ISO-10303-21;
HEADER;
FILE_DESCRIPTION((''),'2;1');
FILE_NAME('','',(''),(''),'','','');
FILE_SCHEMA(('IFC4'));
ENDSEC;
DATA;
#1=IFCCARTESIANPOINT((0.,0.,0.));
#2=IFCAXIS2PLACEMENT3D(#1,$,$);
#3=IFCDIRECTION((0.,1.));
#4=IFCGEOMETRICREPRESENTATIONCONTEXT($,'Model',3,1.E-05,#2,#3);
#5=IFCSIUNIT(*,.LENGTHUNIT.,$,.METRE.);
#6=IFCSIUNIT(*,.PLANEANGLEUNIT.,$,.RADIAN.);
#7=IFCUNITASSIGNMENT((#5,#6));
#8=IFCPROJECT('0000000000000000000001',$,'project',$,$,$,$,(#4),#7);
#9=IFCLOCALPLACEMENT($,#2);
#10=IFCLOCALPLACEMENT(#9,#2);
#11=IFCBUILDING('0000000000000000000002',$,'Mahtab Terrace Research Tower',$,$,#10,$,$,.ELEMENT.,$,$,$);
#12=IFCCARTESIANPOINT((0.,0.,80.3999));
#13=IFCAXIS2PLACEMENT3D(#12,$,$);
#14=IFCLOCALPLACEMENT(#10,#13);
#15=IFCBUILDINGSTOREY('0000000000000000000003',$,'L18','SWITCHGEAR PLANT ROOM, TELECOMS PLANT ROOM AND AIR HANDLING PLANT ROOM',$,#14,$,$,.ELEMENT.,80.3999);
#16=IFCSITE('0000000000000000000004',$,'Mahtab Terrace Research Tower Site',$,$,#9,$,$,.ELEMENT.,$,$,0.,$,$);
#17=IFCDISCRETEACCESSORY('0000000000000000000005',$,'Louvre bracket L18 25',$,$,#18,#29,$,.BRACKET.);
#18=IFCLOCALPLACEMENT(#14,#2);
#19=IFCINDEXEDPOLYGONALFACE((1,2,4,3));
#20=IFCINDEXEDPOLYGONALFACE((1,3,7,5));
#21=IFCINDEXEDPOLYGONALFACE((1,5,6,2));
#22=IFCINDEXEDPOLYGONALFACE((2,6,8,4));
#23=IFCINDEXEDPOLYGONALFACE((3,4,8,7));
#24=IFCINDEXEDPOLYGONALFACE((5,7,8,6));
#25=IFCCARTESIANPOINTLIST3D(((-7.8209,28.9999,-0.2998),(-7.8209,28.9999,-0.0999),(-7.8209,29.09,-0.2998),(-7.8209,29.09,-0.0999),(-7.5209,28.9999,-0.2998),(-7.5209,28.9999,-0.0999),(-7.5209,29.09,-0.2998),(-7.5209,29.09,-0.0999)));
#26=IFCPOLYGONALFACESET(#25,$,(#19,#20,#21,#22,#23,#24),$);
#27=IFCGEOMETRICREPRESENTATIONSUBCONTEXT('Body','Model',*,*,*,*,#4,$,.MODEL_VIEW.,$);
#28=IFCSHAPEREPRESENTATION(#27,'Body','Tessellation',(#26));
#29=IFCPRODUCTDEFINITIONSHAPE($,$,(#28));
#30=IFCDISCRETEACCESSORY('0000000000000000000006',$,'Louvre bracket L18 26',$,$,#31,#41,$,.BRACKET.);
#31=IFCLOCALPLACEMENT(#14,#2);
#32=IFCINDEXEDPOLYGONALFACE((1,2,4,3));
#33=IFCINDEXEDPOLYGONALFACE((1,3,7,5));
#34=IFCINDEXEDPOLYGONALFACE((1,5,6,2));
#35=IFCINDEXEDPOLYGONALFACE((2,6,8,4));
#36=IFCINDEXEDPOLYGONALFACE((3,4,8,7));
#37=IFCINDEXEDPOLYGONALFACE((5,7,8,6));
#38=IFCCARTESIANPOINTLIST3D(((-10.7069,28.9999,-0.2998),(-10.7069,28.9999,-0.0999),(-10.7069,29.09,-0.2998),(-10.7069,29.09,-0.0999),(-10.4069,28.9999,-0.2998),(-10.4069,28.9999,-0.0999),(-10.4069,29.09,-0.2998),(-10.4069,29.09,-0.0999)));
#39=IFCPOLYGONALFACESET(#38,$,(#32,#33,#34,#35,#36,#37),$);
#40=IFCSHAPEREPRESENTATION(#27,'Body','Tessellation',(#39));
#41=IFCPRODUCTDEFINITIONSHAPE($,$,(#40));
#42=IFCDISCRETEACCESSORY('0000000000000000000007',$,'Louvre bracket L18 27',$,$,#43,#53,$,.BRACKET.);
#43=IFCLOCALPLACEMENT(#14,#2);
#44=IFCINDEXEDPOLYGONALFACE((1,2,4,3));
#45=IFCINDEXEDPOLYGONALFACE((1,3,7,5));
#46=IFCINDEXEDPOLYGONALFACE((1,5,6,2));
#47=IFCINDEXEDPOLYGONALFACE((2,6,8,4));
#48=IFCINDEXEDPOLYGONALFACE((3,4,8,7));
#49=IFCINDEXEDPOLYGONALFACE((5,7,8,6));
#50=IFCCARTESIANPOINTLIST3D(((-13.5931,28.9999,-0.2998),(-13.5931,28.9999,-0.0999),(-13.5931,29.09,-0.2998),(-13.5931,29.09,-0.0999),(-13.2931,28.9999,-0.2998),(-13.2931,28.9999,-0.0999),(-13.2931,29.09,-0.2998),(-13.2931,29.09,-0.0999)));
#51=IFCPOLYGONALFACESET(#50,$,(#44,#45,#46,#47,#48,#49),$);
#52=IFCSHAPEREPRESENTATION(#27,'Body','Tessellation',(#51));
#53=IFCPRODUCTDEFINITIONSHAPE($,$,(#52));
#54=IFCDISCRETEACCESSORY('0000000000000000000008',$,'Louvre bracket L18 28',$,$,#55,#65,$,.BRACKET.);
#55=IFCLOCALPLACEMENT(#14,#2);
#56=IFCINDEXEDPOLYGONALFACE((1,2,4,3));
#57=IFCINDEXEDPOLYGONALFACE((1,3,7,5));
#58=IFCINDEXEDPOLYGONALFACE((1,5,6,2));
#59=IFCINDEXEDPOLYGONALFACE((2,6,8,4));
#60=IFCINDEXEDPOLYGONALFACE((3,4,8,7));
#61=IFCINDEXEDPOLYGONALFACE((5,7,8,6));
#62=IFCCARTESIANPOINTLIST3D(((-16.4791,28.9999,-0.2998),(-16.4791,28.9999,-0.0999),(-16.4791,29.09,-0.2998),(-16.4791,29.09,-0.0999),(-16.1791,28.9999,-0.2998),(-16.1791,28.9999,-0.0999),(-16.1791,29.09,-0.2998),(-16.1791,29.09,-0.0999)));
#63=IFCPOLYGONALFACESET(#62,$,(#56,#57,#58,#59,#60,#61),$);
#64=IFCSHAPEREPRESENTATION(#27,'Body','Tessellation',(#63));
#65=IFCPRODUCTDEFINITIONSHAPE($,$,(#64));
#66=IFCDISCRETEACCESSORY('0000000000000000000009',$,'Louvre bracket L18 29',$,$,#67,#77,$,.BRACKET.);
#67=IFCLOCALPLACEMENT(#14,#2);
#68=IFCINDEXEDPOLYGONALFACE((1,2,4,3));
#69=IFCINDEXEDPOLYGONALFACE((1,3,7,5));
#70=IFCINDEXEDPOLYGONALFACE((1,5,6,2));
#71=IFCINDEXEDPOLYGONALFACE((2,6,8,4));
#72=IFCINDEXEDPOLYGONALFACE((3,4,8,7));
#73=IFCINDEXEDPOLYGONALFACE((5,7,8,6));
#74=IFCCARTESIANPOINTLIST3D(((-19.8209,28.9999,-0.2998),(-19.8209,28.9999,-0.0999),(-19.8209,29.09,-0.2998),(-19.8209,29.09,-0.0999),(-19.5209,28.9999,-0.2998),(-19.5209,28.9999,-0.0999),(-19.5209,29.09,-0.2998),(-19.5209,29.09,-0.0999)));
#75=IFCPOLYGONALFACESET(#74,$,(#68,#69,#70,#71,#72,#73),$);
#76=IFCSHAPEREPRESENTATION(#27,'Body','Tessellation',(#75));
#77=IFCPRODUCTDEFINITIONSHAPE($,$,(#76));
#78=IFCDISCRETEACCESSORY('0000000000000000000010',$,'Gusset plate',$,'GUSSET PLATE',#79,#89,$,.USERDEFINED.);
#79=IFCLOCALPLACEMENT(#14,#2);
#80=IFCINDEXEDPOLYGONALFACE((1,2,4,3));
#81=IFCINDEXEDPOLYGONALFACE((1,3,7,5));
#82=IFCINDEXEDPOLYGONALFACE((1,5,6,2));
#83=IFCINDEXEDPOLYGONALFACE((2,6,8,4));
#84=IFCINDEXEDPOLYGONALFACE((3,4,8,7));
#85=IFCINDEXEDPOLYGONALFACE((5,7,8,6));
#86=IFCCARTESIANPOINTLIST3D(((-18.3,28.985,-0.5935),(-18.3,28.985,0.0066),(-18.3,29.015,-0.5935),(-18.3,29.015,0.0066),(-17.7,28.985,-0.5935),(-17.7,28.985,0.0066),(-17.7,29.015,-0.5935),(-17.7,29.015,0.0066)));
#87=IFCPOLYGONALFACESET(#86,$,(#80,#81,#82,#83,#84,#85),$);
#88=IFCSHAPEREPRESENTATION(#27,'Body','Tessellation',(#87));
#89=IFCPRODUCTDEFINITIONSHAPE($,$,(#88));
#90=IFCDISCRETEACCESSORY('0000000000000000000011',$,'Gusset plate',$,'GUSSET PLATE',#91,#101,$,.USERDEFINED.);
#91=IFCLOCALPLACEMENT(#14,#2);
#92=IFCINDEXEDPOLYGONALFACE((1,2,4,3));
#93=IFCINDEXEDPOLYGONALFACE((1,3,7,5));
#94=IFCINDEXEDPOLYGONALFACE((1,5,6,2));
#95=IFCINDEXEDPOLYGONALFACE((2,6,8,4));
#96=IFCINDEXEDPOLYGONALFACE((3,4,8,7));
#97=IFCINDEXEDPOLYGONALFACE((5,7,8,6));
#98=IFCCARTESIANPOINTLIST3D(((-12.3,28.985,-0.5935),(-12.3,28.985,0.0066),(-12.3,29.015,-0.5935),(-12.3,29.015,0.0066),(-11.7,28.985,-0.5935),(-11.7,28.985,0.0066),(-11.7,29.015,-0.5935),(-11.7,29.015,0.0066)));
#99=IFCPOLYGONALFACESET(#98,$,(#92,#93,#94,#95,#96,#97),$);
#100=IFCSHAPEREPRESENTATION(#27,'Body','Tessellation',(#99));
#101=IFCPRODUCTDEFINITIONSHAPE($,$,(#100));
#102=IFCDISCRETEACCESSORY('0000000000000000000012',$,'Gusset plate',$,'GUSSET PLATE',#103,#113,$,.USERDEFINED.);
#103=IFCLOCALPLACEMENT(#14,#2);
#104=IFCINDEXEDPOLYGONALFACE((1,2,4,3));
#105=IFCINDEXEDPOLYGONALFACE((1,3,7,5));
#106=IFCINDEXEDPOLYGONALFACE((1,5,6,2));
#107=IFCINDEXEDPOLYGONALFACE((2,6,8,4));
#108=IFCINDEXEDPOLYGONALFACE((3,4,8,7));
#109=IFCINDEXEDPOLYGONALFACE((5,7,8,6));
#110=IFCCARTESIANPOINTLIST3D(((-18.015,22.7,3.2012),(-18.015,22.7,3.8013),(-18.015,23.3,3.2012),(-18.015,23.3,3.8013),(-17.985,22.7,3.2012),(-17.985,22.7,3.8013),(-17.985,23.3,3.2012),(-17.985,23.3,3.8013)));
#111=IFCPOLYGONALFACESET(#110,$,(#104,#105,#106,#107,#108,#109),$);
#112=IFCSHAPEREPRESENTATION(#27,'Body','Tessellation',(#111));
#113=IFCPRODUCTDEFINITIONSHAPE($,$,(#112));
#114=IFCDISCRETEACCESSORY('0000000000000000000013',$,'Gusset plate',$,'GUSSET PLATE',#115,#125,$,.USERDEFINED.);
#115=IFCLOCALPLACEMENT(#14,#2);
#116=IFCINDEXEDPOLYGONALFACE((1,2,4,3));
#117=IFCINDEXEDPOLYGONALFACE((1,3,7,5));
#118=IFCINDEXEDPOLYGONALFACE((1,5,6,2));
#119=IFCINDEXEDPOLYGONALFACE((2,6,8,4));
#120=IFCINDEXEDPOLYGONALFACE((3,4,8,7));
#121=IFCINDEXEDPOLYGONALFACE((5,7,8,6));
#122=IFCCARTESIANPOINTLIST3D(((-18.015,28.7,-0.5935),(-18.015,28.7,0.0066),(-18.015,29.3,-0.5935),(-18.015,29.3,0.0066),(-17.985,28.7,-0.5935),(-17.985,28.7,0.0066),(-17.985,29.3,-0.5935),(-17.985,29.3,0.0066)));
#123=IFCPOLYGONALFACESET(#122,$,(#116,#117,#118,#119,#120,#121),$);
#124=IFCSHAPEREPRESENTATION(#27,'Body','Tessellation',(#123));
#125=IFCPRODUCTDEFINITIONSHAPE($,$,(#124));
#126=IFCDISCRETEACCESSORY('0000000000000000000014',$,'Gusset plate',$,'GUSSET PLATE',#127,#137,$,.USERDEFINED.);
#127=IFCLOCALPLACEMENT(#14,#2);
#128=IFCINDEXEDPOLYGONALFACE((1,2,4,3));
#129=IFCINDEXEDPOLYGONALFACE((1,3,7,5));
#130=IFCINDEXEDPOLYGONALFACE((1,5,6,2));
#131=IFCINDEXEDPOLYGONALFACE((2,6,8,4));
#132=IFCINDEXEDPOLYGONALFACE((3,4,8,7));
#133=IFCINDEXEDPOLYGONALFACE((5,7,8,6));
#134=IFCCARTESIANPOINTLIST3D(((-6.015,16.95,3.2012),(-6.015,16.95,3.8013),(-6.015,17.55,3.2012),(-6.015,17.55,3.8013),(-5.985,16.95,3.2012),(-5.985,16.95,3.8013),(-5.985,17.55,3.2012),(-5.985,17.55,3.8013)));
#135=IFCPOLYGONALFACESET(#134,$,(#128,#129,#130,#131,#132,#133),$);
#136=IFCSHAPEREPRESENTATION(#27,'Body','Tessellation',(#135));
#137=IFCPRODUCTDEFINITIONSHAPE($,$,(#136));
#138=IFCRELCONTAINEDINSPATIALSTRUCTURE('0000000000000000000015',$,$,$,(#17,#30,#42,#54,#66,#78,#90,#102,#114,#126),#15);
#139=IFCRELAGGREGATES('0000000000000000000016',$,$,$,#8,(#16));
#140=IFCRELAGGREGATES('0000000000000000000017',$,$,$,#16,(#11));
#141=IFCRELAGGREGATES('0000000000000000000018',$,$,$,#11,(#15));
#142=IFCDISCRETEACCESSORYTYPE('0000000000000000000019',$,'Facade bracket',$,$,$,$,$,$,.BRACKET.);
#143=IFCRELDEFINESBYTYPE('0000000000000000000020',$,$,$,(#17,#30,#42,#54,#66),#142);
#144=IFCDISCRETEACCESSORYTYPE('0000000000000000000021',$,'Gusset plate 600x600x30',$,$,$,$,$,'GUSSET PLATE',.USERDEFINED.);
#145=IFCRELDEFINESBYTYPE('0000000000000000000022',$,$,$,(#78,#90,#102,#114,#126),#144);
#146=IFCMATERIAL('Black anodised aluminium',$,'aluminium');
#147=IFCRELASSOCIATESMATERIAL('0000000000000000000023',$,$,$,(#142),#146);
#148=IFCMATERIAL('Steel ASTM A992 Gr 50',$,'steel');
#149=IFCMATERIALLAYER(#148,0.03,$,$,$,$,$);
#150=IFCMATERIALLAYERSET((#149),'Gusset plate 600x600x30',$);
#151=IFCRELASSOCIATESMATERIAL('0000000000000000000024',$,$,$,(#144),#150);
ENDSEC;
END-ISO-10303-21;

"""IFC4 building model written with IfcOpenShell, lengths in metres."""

from ifc_helpers import new_model, si_unit, direction, frame, origin, origin_2d, place, context, subcontext, project, spatial, rectangle, extrude, material, layer, layer_set, type_object, element, save


model = new_model("IFC4")

# Units and contexts
model_context = context("Model", 3, precision=1e-05, world=origin(), true_north=direction((0.0, 1.0)))
body_context = subcontext(model_context, "Body", "Model", "MODEL_VIEW")
ifc_project = project(units=[si_unit("LENGTHUNIT", "METRE"), si_unit("PLANEANGLEUNIT", "RADIAN")], contexts=[model_context])

# Site, building, storey
site_placement = place(None, origin())
site = spatial("IfcSite", under=ifc_project, at=site_placement, Name="Mahtab Terrace Research Tower Site", CompositionType="ELEMENT", RefElevation=0.0)
building_placement = place(site_placement, origin())
building = spatial("IfcBuilding", under=site, at=building_placement, Name="Mahtab Terrace Research Tower", CompositionType="ELEMENT")
storey_placement = place(building_placement, frame((0.0, 0.0, 80.3999)))
storey = spatial("IfcBuildingStorey", under=building, at=storey_placement, Name="L18", Description="SWITCHGEAR PLANT ROOM, TELECOMS PLANT ROOM AND AIR HANDLING PLANT ROOM", CompositionType="ELEMENT", Elevation=80.3999)

# Shared definitions
ifc_material_1 = material(Name="Steel ASTM A992 Gr 50", Category="steel")

# Discrete accessories
ifc_material_2 = material(Name="Black anodised aluminium", Category="aluminium")
discrete_accessory_type_1 = type_object("IfcDiscreteAccessoryType", Name="Facade bracket", PredefinedType="BRACKET", material=ifc_material_2)
for number, where, z_axis, x_axis, name in (
    (1, (-7.6709, 29.0449, -0.2998), (0.0, 0.0, 1.0), (-1.0, 0.0, 0.0), "Louvre bracket L18 25"),
    (2, (-10.5569, 29.0449, -0.2998), (0.0, 0.0, 1.0), (-1.0, 0.0, 0.0), "Louvre bracket L18 26"),
    (3, (-13.4431, 29.0449, -0.2998), (0.0, 0.0, 1.0), (-1.0, 0.0, 0.0), "Louvre bracket L18 27"),
    (4, (-16.3291, 29.0449, -0.2998), (0.0, 0.0, 1.0), (-1.0, 0.0, 0.0), "Louvre bracket L18 28"),
    (5, (-19.6709, 29.0449, -0.2998), (0.0, 0.0, 1.0), (-1.0, 0.0, 0.0), "Louvre bracket L18 29"),
):
    element("IfcDiscreteAccessory", number, at=place(storey_placement, frame(where, z_axis=z_axis, x_axis=x_axis)), inside=storey, type_object=discrete_accessory_type_1, Name=name, PredefinedType="BRACKET", context=body_context, shape_type="SweptSolid", body=[
        extrude(rectangle(XDim=0.3, YDim=0.0901, at=origin_2d()), origin(), (0.0, 0.0, 1.0), 0.2),
    ])
ifc_layer_1 = layer(ifc_material_1, 0.03)
ifc_layer_set_1 = layer_set([ifc_layer_1], Name="Gusset plate 600x600x30")
discrete_accessory_type_2 = type_object("IfcDiscreteAccessoryType", Name="Gusset plate 600x600x30", ElementType="GUSSET PLATE", PredefinedType="USERDEFINED", material=ifc_layer_set_1)
for number, where, z_axis, x_axis, name in (
    (6, (-18.0, 29.0, -0.5935), (0.0, 0.0, 1.0), (1.0, 0.0, 0.0), "Gusset plate"),
    (7, (-12.0, 29.0, -0.5935), (0.0, 0.0, 1.0), (1.0, 0.0, 0.0), "Gusset plate"),
    (8, (-18.0, 23.0, 3.2012), (0.0, 0.0, 1.0), (0.0, 1.0, 0.0), "Gusset plate"),
    (9, (-18.0, 29.0, -0.5935), (0.0, 0.0, 1.0), (0.0, 1.0, 0.0), "Gusset plate"),
    (10, (-6.0, 17.25, 3.2012), (0.0, 0.0, 1.0), (0.0, 1.0, 0.0), "Gusset plate"),
):
    element("IfcDiscreteAccessory", number, at=place(storey_placement, frame(where, z_axis=z_axis, x_axis=x_axis)), inside=storey, type_object=discrete_accessory_type_2, Name=name, ObjectType="GUSSET PLATE", PredefinedType="USERDEFINED", context=body_context, shape_type="SweptSolid", body=[
        extrude(rectangle(XDim=0.6001, YDim=0.03, at=origin_2d()), origin(), (0.0, 0.0, 1.0), 0.6001),
    ])

save(model, "model.ifc")
